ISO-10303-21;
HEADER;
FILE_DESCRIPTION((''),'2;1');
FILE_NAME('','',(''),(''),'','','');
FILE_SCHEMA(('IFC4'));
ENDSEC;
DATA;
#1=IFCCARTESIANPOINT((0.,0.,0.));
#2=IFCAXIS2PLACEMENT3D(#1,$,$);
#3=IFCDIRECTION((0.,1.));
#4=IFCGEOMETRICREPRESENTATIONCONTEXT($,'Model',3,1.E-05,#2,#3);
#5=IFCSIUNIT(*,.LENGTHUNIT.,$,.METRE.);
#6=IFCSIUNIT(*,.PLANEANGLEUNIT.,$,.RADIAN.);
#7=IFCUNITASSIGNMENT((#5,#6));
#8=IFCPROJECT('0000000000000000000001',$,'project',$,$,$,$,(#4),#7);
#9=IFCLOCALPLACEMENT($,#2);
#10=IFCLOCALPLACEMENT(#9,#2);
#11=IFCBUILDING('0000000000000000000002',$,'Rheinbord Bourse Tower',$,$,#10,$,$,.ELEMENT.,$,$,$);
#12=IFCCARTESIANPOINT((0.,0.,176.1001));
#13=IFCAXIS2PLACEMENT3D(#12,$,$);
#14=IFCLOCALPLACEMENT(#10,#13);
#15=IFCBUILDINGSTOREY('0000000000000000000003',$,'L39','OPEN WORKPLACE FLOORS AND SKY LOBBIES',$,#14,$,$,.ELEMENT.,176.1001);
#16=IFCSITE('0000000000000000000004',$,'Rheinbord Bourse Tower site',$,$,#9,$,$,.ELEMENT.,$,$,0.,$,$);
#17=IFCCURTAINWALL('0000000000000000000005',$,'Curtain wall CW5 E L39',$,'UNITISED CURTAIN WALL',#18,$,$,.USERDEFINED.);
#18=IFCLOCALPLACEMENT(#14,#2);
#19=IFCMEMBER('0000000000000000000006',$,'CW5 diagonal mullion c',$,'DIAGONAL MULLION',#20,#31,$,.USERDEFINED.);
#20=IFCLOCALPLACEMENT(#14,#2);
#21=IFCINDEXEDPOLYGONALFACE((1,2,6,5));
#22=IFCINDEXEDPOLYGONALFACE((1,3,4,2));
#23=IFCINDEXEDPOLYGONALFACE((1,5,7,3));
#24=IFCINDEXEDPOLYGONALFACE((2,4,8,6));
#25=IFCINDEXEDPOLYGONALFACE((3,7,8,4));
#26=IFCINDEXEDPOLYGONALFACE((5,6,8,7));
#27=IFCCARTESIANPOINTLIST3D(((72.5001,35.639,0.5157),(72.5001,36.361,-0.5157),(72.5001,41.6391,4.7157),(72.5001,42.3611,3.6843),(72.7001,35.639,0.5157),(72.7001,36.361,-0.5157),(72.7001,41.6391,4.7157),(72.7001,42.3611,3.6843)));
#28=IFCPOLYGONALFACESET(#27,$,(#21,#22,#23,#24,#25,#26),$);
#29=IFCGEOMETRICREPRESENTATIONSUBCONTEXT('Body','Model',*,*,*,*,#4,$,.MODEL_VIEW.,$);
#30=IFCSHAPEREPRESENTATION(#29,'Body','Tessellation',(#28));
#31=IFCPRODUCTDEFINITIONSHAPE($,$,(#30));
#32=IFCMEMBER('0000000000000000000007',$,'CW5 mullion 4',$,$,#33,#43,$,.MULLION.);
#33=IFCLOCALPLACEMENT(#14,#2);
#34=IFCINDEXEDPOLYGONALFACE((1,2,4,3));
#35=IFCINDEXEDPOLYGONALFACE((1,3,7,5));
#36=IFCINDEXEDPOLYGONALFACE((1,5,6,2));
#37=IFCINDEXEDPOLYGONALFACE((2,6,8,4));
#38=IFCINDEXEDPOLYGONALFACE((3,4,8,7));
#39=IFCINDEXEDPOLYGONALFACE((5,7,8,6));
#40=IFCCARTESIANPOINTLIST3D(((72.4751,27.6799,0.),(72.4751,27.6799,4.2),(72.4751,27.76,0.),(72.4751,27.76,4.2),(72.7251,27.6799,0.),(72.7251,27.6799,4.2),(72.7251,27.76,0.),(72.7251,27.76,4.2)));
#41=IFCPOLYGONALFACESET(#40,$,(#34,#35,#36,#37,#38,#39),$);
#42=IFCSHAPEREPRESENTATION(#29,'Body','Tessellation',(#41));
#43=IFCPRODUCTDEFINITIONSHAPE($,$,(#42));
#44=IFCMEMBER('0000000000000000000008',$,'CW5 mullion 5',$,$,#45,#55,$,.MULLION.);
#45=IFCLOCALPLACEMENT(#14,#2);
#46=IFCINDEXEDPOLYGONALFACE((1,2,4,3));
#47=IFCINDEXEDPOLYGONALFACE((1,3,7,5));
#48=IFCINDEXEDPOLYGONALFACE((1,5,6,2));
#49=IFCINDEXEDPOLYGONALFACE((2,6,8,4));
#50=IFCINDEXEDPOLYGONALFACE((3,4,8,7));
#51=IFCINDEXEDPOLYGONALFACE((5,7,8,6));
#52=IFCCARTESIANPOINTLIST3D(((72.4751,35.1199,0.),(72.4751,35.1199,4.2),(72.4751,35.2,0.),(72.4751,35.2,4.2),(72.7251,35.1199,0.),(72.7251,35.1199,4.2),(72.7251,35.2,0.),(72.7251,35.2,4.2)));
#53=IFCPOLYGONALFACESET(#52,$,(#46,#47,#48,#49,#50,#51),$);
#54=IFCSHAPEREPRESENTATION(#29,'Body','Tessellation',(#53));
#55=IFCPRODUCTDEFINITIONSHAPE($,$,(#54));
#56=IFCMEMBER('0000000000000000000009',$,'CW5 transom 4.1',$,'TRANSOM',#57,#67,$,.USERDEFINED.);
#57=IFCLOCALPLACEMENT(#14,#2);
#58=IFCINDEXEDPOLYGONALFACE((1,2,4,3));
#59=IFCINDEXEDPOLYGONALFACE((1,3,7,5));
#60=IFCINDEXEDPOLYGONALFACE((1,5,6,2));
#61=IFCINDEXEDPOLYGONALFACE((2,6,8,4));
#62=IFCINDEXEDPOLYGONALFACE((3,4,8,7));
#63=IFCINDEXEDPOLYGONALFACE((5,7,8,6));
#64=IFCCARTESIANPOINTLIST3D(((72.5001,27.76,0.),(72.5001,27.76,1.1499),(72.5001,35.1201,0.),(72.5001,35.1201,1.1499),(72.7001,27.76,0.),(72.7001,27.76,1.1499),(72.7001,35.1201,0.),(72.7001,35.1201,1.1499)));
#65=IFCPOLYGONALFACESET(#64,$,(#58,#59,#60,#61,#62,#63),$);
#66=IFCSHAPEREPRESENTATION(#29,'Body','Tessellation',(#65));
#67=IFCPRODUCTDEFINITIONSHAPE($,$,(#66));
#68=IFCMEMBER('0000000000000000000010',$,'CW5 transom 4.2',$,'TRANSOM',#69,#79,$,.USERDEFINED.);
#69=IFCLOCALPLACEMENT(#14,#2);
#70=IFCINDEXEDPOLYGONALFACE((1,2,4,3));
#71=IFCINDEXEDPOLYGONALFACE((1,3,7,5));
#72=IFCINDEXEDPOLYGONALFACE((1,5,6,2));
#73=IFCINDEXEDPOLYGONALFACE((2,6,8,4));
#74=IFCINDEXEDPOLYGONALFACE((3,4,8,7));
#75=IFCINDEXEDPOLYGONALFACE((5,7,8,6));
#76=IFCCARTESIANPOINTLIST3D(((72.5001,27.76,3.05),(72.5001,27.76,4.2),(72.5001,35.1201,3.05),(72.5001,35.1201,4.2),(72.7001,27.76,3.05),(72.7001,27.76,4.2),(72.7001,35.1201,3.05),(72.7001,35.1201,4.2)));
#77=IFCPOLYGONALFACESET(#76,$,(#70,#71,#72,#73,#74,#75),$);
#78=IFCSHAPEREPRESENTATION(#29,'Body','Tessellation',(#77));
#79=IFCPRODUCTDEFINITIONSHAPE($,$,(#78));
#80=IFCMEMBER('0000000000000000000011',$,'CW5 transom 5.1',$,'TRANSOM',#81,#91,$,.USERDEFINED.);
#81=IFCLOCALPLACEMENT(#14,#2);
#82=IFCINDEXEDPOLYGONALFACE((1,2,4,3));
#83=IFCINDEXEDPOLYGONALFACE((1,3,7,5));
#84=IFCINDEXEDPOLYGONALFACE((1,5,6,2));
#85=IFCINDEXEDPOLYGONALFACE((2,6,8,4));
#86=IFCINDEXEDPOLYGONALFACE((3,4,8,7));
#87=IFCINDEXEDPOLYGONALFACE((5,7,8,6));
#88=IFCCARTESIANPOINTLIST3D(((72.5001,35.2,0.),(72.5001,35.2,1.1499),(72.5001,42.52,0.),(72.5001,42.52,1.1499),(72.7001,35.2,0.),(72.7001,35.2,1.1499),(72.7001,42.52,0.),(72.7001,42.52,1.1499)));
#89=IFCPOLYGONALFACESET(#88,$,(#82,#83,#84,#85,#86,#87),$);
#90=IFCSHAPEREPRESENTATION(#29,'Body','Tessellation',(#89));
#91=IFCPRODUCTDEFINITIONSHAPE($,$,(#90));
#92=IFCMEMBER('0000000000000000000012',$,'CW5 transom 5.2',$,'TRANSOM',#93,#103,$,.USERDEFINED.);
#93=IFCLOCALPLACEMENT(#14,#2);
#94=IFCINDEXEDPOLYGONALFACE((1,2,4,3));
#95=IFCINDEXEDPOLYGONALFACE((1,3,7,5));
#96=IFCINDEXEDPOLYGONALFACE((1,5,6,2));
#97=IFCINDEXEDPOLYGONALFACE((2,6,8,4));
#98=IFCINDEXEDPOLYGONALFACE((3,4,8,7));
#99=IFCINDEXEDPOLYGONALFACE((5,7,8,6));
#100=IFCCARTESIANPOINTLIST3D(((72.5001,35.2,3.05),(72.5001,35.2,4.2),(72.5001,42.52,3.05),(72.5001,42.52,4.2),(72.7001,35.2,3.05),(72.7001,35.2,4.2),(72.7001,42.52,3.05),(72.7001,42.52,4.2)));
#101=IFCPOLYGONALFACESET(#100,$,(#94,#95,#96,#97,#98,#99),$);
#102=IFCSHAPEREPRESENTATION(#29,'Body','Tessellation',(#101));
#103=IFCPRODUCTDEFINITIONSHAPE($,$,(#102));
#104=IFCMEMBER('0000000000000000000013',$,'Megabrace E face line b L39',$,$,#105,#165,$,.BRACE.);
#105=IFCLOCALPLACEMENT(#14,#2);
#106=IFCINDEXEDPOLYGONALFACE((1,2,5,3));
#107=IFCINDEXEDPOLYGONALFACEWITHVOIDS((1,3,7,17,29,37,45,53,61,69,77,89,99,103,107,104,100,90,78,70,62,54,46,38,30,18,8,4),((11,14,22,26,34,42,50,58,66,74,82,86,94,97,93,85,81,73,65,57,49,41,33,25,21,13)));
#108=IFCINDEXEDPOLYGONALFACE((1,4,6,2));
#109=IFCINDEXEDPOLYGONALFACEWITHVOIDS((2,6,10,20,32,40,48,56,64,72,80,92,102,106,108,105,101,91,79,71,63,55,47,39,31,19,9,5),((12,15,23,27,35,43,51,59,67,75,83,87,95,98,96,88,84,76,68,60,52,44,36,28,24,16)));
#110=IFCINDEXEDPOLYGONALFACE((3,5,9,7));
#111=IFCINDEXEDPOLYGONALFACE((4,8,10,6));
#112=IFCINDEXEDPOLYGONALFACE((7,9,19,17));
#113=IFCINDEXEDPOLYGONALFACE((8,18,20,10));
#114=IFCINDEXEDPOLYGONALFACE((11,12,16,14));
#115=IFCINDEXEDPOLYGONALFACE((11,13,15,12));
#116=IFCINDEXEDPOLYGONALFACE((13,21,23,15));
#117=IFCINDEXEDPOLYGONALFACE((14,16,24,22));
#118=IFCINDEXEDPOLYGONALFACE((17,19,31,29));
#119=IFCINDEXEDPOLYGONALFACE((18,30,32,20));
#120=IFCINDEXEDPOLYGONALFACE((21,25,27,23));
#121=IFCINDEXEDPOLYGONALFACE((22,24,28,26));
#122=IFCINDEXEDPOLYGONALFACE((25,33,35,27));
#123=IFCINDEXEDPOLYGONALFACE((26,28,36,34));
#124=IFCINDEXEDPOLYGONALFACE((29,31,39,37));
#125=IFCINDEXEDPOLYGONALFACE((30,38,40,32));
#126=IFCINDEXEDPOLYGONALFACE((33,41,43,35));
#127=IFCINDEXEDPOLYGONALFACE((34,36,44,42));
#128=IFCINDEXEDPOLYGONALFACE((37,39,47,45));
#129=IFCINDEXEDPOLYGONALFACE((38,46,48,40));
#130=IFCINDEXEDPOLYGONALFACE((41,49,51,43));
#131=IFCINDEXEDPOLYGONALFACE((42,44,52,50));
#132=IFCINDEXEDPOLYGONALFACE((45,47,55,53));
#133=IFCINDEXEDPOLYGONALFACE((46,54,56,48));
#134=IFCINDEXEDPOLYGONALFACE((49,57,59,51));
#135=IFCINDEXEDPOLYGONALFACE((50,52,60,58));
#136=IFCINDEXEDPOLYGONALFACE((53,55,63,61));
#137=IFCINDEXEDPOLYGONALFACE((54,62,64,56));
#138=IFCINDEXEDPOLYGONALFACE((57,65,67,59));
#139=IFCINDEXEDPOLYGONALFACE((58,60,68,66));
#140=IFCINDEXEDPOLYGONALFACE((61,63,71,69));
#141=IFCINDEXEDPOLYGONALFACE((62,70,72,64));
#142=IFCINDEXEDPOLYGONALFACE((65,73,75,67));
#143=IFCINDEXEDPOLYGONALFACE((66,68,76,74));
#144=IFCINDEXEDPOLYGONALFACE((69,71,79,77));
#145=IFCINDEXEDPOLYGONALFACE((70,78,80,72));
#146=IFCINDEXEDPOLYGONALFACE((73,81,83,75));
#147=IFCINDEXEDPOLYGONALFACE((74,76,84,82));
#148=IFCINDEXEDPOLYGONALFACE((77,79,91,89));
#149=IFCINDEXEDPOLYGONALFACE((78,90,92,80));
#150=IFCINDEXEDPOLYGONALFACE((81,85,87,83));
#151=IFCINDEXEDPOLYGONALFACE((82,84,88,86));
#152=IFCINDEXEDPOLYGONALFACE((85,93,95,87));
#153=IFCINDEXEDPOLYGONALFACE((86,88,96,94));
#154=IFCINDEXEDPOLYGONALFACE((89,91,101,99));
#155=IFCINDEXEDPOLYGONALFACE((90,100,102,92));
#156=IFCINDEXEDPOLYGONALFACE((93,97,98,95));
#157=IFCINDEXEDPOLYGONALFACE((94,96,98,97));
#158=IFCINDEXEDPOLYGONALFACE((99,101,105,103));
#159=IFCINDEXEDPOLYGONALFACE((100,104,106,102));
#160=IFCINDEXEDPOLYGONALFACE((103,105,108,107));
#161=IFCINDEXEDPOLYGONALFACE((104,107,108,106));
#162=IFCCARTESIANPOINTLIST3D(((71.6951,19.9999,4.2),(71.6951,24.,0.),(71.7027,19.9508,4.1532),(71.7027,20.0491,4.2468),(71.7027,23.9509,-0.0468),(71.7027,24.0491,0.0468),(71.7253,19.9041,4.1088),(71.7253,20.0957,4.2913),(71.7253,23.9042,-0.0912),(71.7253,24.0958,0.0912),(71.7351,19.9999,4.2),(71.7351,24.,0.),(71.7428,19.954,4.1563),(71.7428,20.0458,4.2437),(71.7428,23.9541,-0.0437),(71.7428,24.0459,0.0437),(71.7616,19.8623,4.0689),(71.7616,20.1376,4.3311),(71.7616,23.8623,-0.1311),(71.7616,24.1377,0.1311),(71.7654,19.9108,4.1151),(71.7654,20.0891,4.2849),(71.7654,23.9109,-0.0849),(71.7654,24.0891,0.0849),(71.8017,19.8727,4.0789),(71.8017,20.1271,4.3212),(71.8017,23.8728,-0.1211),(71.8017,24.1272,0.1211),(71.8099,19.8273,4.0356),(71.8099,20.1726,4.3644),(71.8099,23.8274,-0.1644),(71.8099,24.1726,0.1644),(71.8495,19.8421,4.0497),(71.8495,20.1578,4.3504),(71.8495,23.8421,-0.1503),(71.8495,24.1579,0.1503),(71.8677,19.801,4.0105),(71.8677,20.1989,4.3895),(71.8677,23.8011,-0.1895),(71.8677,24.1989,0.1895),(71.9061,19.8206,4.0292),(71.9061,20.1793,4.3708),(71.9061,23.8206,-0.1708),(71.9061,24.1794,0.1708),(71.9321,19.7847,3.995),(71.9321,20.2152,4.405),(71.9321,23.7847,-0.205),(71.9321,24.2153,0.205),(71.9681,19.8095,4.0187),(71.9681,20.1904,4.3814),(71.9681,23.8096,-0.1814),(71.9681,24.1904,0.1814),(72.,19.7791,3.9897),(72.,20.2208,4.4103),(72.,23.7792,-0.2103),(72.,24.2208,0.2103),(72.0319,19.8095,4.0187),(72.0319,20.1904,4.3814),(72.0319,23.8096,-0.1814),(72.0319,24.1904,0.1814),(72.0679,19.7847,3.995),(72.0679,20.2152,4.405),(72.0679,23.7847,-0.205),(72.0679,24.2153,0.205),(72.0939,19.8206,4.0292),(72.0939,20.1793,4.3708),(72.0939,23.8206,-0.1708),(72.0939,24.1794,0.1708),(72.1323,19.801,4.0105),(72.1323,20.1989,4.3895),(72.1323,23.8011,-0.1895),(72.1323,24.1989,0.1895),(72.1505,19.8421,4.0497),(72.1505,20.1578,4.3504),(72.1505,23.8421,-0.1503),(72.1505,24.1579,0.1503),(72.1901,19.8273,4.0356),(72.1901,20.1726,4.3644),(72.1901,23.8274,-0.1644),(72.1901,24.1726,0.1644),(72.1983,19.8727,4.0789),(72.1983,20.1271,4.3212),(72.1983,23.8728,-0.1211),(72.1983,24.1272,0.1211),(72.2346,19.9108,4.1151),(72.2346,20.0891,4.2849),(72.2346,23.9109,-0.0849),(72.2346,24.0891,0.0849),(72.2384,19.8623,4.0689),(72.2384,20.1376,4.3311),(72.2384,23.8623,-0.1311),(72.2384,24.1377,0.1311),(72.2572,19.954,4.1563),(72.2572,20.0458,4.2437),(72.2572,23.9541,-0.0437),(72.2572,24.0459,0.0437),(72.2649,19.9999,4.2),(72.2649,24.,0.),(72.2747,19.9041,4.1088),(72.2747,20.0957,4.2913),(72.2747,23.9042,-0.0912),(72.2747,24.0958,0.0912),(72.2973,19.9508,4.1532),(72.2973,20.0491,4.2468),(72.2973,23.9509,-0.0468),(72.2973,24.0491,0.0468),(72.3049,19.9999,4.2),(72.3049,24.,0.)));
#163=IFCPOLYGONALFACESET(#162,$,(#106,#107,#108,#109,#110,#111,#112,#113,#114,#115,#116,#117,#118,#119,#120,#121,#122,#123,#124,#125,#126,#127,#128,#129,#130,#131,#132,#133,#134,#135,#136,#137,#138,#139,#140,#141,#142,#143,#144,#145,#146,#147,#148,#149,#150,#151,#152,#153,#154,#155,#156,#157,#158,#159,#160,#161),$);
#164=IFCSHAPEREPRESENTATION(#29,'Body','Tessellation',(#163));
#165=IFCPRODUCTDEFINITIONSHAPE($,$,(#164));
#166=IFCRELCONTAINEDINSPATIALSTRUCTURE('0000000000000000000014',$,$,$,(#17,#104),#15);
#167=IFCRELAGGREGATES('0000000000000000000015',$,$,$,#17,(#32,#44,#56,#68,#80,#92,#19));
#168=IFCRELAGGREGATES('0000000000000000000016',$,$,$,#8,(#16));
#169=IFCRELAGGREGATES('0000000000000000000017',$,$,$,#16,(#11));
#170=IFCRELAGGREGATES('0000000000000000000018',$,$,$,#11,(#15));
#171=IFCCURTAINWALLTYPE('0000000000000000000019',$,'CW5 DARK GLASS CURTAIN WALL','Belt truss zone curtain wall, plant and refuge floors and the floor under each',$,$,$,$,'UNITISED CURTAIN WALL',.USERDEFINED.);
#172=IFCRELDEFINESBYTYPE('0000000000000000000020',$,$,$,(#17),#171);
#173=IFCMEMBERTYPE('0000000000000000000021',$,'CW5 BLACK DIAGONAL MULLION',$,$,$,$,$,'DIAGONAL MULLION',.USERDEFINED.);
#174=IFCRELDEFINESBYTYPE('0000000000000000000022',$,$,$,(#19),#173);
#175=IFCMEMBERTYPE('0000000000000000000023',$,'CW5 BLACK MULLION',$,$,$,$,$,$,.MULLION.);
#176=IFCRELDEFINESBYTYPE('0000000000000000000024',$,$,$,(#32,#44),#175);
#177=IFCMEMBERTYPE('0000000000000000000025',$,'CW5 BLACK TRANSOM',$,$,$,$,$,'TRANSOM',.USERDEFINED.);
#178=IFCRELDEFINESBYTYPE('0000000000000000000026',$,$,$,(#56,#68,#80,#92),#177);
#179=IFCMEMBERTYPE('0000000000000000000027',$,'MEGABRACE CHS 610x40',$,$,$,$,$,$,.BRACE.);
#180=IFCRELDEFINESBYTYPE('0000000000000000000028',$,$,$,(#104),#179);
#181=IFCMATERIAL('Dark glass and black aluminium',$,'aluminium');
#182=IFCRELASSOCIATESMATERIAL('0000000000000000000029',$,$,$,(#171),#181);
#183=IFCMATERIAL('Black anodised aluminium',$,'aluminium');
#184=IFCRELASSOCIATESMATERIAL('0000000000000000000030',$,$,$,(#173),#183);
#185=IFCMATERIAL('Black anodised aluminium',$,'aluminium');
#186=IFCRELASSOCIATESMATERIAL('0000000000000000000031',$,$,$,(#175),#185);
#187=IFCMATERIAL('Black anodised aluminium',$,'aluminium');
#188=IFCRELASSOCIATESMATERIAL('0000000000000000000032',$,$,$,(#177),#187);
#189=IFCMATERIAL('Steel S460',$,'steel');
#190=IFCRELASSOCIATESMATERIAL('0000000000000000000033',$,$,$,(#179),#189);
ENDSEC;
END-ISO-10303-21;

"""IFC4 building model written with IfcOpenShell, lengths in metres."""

from ifc_helpers import new_model, si_unit, direction, frame, origin, origin_2d, place, context, subcontext, project, spatial, rectangle, hollow_circle, extrude, material, material_profile, profile_set, type_object, element, aggregate, save


model = new_model("IFC4")

# Units and contexts
model_context = context("Model", 3, precision=1e-05, world=origin(), true_north=direction((0.0, 1.0)))
body_context = subcontext(model_context, "Body", "Model", "MODEL_VIEW")
ifc_project = project(units=[si_unit("LENGTHUNIT", "METRE"), si_unit("PLANEANGLEUNIT", "RADIAN")], contexts=[model_context])

# Site, building, storey
site_placement = place(None, origin())
site = spatial("IfcSite", under=ifc_project, at=site_placement, Name="Rheinbord Bourse Tower site", CompositionType="ELEMENT", RefElevation=0.0)
building_placement = place(site_placement, origin())
building = spatial("IfcBuilding", under=site, at=building_placement, Name="Rheinbord Bourse Tower", CompositionType="ELEMENT")
storey_placement = place(building_placement, frame((0.0, 0.0, 176.1001)))
storey = spatial("IfcBuildingStorey", under=building, at=storey_placement, Name="L39", Description="OPEN WORKPLACE FLOORS AND SKY LOBBIES", CompositionType="ELEMENT", Elevation=176.1001)

# Curtain wall, members
ifc_material_1 = material(Name="Dark glass and black aluminium", Category="aluminium")
curtain_wall_type = type_object("IfcCurtainWallType", Name="CW5 DARK GLASS CURTAIN WALL", Description="Belt truss zone curtain wall, plant and refuge floors and the floor under each", ElementType="UNITISED CURTAIN WALL", PredefinedType="USERDEFINED", material=ifc_material_1)
curtain_wall_placement = place(storey_placement, origin())
curtain_wall = element("IfcCurtainWall", 1, at=curtain_wall_placement, inside=storey, type_object=curtain_wall_type, Name="Curtain wall CW5 E L39", ObjectType="UNITISED CURTAIN WALL", PredefinedType="USERDEFINED")
ifc_material_2 = material(Name="Black anodised aluminium", Category="aluminium")
ifc_material_profile_1 = material_profile(ifc_material_2, rectangle(XDim=0.2, YDim=1.259, at=origin_2d()), Name="CW5 DIAGONAL MULLION 1259x200")
ifc_profile_set_1 = profile_set([ifc_material_profile_1], Name="Black anodised aluminium")
member_type_1 = type_object("IfcMemberType", Name="CW5 BLACK DIAGONAL MULLION", ElementType="DIAGONAL MULLION", PredefinedType="USERDEFINED", material=ifc_profile_set_1)
member_1_placement = place(storey_placement, frame((72.6001, 36.0, 0.0), z_axis=(0.0, 0.819235, 0.573458), x_axis=(-1.0, 0.0, 0.0)))
member_1 = element("IfcMember", 2, at=member_1_placement, type_object=member_type_1, Name="CW5 diagonal mullion c", ObjectType="DIAGONAL MULLION", PredefinedType="USERDEFINED", context=body_context, shape_type="SweptSolid", body=[
    extrude(rectangle(XDim=0.2, YDim=1.259, at=origin_2d()), origin(), (0.0, 0.0, 1.0), 7.324),
])
ifc_material_3 = material(Name="Black anodised aluminium", Category="aluminium")
ifc_material_profile_2 = material_profile(ifc_material_3, rectangle(XDim=0.25, YDim=0.0801, at=origin_2d()), Name="CW5 MULLION 80x250")
ifc_profile_set_2 = profile_set([ifc_material_profile_2], Name="Black anodised aluminium")
member_type_2 = type_object("IfcMemberType", Name="CW5 BLACK MULLION", PredefinedType="MULLION", material=ifc_profile_set_2)
member_2_placement = place(storey_placement, frame((72.6001, 27.72, 0.0), z_axis=(0.0, 0.0, 1.0), x_axis=(-1.0, 0.0, 0.0)))
member_2 = element("IfcMember", 3, at=member_2_placement, type_object=member_type_2, Name="CW5 mullion 4", PredefinedType="MULLION", context=body_context, shape_type="SweptSolid", body=[
    extrude(rectangle(XDim=0.25, YDim=0.0801, at=origin_2d()), origin(), (0.0, 0.0, 1.0), 4.2),
])
member_3_placement = place(storey_placement, frame((72.6001, 35.1599, 0.0), z_axis=(0.0, 0.0, 1.0), x_axis=(-1.0, 0.0, 0.0)))
member_3 = element("IfcMember", 4, at=member_3_placement, type_object=member_type_2, Name="CW5 mullion 5", PredefinedType="MULLION", context=body_context, shape_type="SweptSolid", body=[
    extrude(rectangle(XDim=0.25, YDim=0.0801, at=origin_2d()), origin(), (0.0, 0.0, 1.0), 4.2),
])
ifc_material_4 = material(Name="Black anodised aluminium", Category="aluminium")
ifc_material_profile_3 = material_profile(ifc_material_4, rectangle(XDim=0.2, YDim=1.1499, at=origin_2d()), Name="CW5 TRANSOM 1150x200")
ifc_profile_set_3 = profile_set([ifc_material_profile_3], Name="Black anodised aluminium")
member_type_3 = type_object("IfcMemberType", Name="CW5 BLACK TRANSOM", ElementType="TRANSOM", PredefinedType="USERDEFINED", material=ifc_profile_set_3)
member_4_placement = place(storey_placement, frame((72.6001, 27.76, 0.575), z_axis=(0.0, 1.0, 0.0), x_axis=(-1.0, 0.0, 0.0)))
member_4 = element("IfcMember", 5, at=member_4_placement, type_object=member_type_3, Name="CW5 transom 4.1", ObjectType="TRANSOM", PredefinedType="USERDEFINED", context=body_context, shape_type="SweptSolid", body=[
    extrude(rectangle(XDim=0.2, YDim=1.1499, at=origin_2d()), origin(), (0.0, 0.0, 1.0), 7.3601),
])
member_5_placement = place(storey_placement, frame((72.6001, 27.76, 3.625), z_axis=(0.0, 1.0, 0.0), x_axis=(-1.0, 0.0, 0.0)))
member_5 = element("IfcMember", 6, at=member_5_placement, type_object=member_type_3, Name="CW5 transom 4.2", ObjectType="TRANSOM", PredefinedType="USERDEFINED", context=body_context, shape_type="SweptSolid", body=[
    extrude(rectangle(XDim=0.2, YDim=1.1499, at=origin_2d()), origin(), (0.0, 0.0, 1.0), 7.3601),
])
member_6_placement = place(storey_placement, frame((72.6001, 35.2, 0.575), z_axis=(0.0, 1.0, 0.0), x_axis=(-1.0, 0.0, 0.0)))
member_6 = element("IfcMember", 7, at=member_6_placement, type_object=member_type_3, Name="CW5 transom 5.1", ObjectType="TRANSOM", PredefinedType="USERDEFINED", context=body_context, shape_type="SweptSolid", body=[
    extrude(rectangle(XDim=0.2, YDim=1.1499, at=origin_2d()), origin(), (0.0, 0.0, 1.0), 7.3201),
])
member_7_placement = place(storey_placement, frame((72.6001, 35.2, 3.625), z_axis=(0.0, 1.0, 0.0), x_axis=(-1.0, 0.0, 0.0)))
member_7 = element("IfcMember", 8, at=member_7_placement, type_object=member_type_3, Name="CW5 transom 5.2", ObjectType="TRANSOM", PredefinedType="USERDEFINED", context=body_context, shape_type="SweptSolid", body=[
    extrude(rectangle(XDim=0.2, YDim=1.1499, at=origin_2d()), origin(), (0.0, 0.0, 1.0), 7.3201),
])

# Member
ifc_material_5 = material(Name="Steel S460", Category="steel")
ifc_material_profile_4 = material_profile(ifc_material_5, hollow_circle(Radius=0.3049, WallThickness=0.04, at=origin_2d()), Name="CHS 610x40")
ifc_profile_set_4 = profile_set([ifc_material_profile_4], Name="Steel S460")
member_type_4 = type_object("IfcMemberType", Name="MEGABRACE CHS 610x40", PredefinedType="BRACE", material=ifc_profile_set_4)
member_8_placement = place(storey_placement, frame((72.0, 24.0, 0.0), z_axis=(0.0, -0.689659, 0.724134), x_axis=(1.0, 0.0, 0.0)))
element("IfcMember", 9, at=member_8_placement, inside=storey, type_object=member_type_4, Name="Megabrace E face line b L39", PredefinedType="BRACE", context=body_context, shape_type="SweptSolid", body=[
    extrude(hollow_circle(Radius=0.3049, WallThickness=0.04, at=origin_2d()), origin(), (0.0, 0.0, 1.0), 5.8),
])

aggregate(curtain_wall, [member_2, member_3, member_4, member_5, member_6, member_7, member_1])

save(model, "model.ifc")
